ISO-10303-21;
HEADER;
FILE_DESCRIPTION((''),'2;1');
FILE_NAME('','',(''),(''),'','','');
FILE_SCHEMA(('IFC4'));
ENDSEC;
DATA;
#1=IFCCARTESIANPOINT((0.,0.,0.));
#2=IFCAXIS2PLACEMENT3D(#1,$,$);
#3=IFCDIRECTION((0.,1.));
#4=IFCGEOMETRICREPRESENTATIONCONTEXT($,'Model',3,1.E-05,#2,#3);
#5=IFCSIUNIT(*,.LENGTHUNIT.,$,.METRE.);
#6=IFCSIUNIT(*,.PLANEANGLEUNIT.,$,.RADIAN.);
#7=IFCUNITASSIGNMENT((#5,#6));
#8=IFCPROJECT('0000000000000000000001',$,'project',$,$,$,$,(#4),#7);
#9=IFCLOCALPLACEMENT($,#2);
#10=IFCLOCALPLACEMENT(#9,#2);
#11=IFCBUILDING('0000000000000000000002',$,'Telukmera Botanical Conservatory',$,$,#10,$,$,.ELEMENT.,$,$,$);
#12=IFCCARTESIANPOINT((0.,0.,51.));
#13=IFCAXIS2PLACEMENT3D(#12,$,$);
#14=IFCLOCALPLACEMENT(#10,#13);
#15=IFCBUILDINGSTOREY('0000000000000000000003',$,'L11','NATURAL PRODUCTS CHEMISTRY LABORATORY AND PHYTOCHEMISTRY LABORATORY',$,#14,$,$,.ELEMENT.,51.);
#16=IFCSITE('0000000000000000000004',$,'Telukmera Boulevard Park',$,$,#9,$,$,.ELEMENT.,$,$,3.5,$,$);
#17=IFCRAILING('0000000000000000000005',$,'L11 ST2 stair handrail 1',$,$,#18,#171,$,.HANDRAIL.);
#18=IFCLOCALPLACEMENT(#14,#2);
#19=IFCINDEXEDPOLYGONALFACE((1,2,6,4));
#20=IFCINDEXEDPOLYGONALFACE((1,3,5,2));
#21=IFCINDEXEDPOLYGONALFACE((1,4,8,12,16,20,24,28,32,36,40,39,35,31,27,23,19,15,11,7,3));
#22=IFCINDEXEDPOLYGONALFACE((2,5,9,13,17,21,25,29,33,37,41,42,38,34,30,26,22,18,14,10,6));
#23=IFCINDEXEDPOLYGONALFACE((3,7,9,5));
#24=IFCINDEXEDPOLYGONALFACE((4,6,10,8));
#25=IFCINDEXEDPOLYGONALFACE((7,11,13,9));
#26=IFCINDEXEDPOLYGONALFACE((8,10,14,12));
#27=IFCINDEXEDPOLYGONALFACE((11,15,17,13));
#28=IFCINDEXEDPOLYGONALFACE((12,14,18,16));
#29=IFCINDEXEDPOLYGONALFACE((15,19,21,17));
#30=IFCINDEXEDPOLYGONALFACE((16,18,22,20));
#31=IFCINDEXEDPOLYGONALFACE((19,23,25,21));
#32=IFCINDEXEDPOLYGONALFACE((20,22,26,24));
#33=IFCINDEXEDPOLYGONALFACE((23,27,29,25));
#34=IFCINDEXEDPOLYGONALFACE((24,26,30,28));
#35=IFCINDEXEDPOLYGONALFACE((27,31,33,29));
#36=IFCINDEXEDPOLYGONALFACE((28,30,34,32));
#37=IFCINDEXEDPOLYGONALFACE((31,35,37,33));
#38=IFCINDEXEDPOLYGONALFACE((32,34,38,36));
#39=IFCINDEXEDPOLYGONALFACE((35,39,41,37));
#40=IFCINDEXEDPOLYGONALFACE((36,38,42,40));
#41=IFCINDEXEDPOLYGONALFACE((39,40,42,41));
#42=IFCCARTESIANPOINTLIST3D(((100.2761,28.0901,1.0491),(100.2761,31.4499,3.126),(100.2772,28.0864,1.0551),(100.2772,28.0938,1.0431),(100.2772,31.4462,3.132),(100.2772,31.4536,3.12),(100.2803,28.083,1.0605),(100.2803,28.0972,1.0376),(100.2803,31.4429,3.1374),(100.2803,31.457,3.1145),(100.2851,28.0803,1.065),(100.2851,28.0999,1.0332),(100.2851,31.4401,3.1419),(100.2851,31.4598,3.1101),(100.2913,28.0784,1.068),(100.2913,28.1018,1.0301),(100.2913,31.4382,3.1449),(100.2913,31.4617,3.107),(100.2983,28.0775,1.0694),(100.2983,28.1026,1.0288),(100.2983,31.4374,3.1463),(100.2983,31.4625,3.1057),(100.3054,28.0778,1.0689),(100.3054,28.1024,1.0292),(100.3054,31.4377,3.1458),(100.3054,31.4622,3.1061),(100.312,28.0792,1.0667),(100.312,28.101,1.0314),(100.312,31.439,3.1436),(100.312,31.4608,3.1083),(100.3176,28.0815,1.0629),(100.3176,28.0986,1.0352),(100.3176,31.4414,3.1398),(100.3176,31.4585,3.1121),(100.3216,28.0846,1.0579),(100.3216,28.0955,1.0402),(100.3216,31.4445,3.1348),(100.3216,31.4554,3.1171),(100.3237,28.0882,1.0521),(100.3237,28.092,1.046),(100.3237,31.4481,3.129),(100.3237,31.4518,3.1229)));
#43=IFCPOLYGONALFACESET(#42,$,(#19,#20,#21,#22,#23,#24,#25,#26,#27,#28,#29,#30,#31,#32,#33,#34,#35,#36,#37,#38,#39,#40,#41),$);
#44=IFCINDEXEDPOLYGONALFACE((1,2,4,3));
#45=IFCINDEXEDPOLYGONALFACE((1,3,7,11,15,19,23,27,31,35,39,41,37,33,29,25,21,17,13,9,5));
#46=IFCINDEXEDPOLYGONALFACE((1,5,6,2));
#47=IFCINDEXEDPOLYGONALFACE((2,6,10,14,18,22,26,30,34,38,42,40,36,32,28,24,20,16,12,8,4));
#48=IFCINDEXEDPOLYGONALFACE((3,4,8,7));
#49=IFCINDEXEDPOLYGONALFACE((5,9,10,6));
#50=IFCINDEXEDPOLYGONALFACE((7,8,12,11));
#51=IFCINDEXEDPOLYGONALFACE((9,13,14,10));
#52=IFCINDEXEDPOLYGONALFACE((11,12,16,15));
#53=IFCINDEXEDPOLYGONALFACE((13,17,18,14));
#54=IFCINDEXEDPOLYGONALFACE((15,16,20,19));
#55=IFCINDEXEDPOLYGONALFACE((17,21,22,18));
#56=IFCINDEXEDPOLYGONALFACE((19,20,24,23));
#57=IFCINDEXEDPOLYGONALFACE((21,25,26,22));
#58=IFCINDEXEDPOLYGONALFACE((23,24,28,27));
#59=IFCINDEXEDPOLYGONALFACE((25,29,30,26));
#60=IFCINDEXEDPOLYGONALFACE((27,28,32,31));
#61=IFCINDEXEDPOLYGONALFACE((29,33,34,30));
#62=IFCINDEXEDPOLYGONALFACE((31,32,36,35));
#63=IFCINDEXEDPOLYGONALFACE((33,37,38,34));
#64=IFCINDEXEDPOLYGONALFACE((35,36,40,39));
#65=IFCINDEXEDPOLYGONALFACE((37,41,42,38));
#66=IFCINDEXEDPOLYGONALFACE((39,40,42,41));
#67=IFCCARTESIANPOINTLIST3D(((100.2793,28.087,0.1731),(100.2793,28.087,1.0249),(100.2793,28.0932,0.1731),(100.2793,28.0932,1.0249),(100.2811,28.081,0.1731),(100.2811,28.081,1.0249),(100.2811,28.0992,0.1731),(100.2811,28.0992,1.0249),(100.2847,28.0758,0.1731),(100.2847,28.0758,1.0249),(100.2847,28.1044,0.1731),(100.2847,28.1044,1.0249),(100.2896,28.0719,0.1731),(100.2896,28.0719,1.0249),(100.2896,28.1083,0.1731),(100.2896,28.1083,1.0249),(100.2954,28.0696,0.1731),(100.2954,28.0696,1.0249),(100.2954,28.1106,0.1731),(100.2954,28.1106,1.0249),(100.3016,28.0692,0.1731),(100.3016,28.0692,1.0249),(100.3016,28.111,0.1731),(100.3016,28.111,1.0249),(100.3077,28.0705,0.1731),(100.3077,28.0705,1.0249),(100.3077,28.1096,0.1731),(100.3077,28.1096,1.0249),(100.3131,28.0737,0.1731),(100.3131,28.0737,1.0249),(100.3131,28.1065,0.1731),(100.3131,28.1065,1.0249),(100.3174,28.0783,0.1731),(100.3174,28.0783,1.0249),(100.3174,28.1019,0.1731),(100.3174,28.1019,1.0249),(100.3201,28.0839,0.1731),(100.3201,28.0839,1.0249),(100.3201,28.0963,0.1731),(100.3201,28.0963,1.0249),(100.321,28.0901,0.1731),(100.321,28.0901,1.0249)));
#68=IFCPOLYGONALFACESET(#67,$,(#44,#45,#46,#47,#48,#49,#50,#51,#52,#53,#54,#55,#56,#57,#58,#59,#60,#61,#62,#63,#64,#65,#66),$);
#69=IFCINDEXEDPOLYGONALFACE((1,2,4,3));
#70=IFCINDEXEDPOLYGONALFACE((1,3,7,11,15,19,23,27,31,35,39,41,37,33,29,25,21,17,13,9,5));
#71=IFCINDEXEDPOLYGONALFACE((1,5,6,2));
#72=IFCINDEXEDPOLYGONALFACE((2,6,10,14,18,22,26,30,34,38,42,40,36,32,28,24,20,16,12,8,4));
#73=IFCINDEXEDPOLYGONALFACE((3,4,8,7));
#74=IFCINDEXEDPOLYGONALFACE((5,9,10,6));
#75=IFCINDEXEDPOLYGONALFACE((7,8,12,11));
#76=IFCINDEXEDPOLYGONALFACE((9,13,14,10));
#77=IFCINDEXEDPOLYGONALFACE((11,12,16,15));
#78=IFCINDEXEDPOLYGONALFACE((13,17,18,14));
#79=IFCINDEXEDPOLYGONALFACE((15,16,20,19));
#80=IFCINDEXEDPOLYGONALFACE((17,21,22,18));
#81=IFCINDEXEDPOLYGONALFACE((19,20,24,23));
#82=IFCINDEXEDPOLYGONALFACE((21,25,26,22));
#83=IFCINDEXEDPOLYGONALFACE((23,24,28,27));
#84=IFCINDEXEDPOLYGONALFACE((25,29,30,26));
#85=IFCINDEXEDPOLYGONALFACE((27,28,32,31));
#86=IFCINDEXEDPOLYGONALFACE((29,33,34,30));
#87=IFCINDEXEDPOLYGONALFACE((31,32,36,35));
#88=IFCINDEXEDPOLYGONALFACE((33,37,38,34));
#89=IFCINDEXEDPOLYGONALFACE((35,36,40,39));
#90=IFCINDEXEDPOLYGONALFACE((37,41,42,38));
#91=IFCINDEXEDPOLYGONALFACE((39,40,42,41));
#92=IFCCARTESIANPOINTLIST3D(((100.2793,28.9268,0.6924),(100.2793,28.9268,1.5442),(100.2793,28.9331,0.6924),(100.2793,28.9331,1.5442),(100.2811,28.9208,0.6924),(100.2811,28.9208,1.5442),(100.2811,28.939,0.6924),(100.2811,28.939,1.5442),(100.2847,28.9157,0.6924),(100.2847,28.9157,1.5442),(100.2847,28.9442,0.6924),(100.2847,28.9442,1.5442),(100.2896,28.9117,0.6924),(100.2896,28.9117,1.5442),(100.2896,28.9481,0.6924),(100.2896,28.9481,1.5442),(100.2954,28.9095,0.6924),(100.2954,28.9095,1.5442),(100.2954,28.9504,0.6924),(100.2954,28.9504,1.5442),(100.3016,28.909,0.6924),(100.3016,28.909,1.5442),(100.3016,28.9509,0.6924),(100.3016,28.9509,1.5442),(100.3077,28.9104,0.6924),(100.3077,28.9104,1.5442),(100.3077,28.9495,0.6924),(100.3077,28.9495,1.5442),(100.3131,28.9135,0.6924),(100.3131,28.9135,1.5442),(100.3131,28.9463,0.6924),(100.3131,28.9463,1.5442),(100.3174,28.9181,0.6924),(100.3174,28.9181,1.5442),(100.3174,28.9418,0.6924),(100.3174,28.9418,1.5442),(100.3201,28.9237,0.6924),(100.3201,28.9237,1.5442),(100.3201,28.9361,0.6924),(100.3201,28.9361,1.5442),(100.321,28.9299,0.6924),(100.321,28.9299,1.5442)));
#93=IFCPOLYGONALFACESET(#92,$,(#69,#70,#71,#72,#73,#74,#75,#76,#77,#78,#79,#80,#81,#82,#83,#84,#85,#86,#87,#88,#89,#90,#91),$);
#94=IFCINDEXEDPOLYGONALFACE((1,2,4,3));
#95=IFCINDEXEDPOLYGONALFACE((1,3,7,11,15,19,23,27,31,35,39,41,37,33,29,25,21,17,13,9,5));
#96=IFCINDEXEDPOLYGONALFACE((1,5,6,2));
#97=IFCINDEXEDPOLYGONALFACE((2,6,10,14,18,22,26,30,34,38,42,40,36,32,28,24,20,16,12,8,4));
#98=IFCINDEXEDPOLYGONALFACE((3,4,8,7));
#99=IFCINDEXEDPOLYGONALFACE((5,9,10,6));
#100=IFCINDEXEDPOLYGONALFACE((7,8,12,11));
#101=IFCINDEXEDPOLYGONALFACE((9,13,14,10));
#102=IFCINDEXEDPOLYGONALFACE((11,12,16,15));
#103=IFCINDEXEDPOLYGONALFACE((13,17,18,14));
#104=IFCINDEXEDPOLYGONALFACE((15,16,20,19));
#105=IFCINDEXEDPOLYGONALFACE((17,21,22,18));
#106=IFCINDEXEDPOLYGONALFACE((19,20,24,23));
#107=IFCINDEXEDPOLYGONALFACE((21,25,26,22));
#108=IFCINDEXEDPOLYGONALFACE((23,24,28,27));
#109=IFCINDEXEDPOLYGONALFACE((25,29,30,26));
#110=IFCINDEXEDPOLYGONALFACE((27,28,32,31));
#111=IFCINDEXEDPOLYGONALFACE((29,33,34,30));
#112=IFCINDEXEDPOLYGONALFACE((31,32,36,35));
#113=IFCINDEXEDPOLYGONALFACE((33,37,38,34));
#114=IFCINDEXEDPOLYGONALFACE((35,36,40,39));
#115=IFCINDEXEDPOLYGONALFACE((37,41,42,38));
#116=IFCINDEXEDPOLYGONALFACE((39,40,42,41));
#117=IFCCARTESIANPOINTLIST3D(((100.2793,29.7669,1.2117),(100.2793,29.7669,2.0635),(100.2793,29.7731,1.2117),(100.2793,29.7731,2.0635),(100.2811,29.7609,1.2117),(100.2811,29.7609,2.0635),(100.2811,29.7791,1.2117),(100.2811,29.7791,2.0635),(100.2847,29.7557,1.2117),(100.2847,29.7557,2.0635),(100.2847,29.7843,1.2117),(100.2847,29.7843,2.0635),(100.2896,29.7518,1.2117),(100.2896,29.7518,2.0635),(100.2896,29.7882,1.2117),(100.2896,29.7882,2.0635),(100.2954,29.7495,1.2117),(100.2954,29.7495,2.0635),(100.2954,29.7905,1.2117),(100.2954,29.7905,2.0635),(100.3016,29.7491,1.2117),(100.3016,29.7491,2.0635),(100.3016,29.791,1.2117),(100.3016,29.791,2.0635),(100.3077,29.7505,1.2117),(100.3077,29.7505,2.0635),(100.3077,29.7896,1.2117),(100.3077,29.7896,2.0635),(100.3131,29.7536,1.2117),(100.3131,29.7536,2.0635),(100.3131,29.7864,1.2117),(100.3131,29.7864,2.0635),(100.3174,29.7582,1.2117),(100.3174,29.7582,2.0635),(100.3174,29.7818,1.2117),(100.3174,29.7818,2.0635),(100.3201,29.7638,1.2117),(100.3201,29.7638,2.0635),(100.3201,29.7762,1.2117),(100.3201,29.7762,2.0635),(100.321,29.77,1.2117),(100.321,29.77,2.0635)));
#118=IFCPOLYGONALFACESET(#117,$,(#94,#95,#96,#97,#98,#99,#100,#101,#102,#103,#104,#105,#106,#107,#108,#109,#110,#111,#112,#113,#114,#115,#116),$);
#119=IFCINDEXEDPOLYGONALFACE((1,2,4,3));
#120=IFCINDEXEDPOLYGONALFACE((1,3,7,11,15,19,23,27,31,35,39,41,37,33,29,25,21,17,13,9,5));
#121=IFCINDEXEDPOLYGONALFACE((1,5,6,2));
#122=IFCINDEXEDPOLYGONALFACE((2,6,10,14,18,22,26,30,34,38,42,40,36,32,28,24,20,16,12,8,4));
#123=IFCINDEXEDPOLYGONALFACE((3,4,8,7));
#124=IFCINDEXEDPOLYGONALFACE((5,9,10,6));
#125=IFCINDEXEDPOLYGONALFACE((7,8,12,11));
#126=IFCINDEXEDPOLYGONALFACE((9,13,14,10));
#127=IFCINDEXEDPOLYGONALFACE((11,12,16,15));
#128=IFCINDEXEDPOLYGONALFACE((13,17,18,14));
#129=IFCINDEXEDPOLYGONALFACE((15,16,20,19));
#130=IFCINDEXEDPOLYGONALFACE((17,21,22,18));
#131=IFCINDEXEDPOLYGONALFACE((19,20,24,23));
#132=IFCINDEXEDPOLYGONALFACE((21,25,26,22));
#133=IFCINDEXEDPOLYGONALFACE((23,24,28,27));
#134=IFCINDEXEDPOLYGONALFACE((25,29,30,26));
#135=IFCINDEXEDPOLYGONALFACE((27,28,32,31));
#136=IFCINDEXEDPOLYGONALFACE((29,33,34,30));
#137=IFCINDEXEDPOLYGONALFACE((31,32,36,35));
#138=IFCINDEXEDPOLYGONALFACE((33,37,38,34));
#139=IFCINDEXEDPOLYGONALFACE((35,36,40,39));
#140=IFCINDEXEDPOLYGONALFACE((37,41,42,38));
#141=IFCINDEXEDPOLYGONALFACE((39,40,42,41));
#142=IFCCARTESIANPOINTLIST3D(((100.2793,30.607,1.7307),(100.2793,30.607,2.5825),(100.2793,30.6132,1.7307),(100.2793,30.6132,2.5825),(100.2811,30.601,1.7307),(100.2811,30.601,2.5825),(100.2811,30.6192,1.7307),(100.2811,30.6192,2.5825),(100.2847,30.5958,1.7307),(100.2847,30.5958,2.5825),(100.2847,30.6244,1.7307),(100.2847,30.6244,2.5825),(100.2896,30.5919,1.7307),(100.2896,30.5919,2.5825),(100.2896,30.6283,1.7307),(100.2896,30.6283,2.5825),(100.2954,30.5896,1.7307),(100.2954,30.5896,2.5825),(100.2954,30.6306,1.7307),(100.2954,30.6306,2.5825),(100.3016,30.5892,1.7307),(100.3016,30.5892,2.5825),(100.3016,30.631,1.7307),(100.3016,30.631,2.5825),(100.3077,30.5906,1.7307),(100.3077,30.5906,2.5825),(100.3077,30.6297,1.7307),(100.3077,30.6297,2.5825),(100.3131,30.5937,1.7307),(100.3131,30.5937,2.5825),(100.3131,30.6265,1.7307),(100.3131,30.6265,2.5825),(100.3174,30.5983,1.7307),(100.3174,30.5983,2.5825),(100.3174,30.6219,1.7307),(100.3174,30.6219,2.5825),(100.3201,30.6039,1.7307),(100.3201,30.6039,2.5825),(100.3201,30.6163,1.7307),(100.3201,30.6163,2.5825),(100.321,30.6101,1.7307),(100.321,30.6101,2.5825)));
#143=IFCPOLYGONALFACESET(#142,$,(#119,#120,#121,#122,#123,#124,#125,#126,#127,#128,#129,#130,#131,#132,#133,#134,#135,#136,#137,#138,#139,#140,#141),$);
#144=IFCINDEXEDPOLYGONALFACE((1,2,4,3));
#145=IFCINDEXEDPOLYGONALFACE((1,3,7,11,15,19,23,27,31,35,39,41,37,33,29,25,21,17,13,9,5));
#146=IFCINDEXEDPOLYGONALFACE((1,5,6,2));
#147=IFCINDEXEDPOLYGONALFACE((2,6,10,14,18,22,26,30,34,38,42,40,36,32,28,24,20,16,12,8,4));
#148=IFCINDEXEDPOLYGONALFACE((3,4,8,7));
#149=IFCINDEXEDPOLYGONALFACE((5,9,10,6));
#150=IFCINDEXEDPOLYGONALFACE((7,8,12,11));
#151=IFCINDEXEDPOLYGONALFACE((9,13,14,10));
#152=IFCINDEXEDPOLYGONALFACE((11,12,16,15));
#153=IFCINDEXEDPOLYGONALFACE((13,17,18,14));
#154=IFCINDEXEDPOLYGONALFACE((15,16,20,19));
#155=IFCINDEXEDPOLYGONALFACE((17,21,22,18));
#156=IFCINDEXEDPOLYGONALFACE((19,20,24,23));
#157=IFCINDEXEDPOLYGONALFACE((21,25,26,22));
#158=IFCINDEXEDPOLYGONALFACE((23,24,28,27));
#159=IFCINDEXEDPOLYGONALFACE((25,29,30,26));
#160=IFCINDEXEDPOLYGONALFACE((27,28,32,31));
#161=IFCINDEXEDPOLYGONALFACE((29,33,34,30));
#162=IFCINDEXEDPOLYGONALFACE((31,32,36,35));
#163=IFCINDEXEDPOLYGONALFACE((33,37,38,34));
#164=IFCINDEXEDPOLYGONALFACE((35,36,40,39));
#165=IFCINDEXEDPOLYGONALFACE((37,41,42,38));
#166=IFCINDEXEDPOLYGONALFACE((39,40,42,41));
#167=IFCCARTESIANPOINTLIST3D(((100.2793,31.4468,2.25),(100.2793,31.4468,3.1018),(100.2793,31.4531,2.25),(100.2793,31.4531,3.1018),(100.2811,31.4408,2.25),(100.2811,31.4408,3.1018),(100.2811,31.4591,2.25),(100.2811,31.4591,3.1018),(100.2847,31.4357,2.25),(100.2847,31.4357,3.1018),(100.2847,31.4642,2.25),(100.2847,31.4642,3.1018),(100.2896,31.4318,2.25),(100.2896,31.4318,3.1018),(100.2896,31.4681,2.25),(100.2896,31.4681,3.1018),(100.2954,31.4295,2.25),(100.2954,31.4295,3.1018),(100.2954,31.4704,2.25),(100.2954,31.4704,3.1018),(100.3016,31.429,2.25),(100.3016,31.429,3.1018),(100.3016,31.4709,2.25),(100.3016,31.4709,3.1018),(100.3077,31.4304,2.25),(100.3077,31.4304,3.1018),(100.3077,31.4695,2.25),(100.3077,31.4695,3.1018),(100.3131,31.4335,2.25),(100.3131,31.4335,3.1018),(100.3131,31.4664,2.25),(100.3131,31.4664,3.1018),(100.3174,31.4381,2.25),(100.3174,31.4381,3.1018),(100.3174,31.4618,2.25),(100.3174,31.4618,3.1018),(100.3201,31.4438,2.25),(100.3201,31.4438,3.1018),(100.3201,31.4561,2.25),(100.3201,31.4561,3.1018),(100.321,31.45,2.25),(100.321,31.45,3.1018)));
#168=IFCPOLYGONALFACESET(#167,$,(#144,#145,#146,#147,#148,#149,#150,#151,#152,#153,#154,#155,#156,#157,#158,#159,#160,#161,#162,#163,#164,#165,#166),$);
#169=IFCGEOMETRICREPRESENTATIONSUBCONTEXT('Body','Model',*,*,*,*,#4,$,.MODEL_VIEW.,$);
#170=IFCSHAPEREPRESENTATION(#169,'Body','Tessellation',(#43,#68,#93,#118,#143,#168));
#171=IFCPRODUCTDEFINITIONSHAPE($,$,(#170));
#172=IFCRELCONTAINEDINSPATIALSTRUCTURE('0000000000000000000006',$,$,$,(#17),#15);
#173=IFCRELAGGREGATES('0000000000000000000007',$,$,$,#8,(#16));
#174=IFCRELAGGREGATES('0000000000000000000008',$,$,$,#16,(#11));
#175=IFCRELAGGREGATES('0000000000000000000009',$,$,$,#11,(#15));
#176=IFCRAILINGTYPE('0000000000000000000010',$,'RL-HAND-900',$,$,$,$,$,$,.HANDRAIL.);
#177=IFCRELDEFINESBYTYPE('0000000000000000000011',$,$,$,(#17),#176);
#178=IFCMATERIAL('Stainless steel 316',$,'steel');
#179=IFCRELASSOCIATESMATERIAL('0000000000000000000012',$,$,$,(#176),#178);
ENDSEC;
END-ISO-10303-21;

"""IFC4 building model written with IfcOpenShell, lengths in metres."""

from ifc_helpers import new_model, si_unit, direction, frame, origin, origin_2d, place, context, subcontext, project, spatial, circle, extrude, material, type_object, element, save


model = new_model("IFC4")

# Units and contexts
model_context = context("Model", 3, precision=1e-05, world=origin(), true_north=direction((0.0, 1.0)))
body_context = subcontext(model_context, "Body", "Model", "MODEL_VIEW")
ifc_project = project(units=[si_unit("LENGTHUNIT", "METRE"), si_unit("PLANEANGLEUNIT", "RADIAN")], contexts=[model_context])

# Site, building, storey
site_placement = place(None, origin())
site = spatial("IfcSite", under=ifc_project, at=site_placement, Name="Telukmera Boulevard Park", CompositionType="ELEMENT", RefElevation=3.5)
building_placement = place(site_placement, origin())
building = spatial("IfcBuilding", under=site, at=building_placement, Name="Telukmera Botanical Conservatory", CompositionType="ELEMENT")
storey_placement = place(building_placement, frame((0.0, 0.0, 51.0)))
storey = spatial("IfcBuildingStorey", under=building, at=storey_placement, Name="L11", Description="NATURAL PRODUCTS CHEMISTRY LABORATORY AND PHYTOCHEMISTRY LABORATORY", CompositionType="ELEMENT", Elevation=51.0)

# Railing
ifc_material_1 = material(Name="Stainless steel 316", Category="steel")
railing_type_1 = type_object("IfcRailingType", Name="RL-HAND-900", PredefinedType="HANDRAIL", material=ifc_material_1)
railing_1_placement = place(storey_placement, frame((100.3, 28.0901, 0.1731)))
element("IfcRailing", 1, at=railing_1_placement, inside=storey, type_object=railing_type_1, Name="L11 ST2 stair handrail 1", PredefinedType="HANDRAIL", context=body_context, shape_type="SweptSolid", body=[
    extrude(circle(Radius=0.0239, at=origin_2d()), frame((0.0, 0.0, 0.876), z_axis=(0.0, 0.850606, 0.525803), x_axis=(-1.0, 0.0, 0.0)), (0.0, 0.0, 1.0), 3.95),
    extrude(circle(Radius=0.021, at=origin_2d()), origin(), (0.0, 0.0, 1.0), 0.8518),
    extrude(circle(Radius=0.021, at=origin_2d()), frame((0.0, 0.8398, 0.5193)), (0.0, 0.0, 1.0), 0.8518),
    extrude(circle(Radius=0.021, at=origin_2d()), frame((0.0, 1.6799, 1.0386)), (0.0, 0.0, 1.0), 0.8518),
    extrude(circle(Radius=0.021, at=origin_2d()), frame((0.0, 2.52, 1.5576)), (0.0, 0.0, 1.0), 0.8518),
    extrude(circle(Radius=0.021, at=origin_2d()), frame((0.0, 3.3599, 2.0769)), (0.0, 0.0, 1.0), 0.8518),
])

save(model, "model.ifc")
